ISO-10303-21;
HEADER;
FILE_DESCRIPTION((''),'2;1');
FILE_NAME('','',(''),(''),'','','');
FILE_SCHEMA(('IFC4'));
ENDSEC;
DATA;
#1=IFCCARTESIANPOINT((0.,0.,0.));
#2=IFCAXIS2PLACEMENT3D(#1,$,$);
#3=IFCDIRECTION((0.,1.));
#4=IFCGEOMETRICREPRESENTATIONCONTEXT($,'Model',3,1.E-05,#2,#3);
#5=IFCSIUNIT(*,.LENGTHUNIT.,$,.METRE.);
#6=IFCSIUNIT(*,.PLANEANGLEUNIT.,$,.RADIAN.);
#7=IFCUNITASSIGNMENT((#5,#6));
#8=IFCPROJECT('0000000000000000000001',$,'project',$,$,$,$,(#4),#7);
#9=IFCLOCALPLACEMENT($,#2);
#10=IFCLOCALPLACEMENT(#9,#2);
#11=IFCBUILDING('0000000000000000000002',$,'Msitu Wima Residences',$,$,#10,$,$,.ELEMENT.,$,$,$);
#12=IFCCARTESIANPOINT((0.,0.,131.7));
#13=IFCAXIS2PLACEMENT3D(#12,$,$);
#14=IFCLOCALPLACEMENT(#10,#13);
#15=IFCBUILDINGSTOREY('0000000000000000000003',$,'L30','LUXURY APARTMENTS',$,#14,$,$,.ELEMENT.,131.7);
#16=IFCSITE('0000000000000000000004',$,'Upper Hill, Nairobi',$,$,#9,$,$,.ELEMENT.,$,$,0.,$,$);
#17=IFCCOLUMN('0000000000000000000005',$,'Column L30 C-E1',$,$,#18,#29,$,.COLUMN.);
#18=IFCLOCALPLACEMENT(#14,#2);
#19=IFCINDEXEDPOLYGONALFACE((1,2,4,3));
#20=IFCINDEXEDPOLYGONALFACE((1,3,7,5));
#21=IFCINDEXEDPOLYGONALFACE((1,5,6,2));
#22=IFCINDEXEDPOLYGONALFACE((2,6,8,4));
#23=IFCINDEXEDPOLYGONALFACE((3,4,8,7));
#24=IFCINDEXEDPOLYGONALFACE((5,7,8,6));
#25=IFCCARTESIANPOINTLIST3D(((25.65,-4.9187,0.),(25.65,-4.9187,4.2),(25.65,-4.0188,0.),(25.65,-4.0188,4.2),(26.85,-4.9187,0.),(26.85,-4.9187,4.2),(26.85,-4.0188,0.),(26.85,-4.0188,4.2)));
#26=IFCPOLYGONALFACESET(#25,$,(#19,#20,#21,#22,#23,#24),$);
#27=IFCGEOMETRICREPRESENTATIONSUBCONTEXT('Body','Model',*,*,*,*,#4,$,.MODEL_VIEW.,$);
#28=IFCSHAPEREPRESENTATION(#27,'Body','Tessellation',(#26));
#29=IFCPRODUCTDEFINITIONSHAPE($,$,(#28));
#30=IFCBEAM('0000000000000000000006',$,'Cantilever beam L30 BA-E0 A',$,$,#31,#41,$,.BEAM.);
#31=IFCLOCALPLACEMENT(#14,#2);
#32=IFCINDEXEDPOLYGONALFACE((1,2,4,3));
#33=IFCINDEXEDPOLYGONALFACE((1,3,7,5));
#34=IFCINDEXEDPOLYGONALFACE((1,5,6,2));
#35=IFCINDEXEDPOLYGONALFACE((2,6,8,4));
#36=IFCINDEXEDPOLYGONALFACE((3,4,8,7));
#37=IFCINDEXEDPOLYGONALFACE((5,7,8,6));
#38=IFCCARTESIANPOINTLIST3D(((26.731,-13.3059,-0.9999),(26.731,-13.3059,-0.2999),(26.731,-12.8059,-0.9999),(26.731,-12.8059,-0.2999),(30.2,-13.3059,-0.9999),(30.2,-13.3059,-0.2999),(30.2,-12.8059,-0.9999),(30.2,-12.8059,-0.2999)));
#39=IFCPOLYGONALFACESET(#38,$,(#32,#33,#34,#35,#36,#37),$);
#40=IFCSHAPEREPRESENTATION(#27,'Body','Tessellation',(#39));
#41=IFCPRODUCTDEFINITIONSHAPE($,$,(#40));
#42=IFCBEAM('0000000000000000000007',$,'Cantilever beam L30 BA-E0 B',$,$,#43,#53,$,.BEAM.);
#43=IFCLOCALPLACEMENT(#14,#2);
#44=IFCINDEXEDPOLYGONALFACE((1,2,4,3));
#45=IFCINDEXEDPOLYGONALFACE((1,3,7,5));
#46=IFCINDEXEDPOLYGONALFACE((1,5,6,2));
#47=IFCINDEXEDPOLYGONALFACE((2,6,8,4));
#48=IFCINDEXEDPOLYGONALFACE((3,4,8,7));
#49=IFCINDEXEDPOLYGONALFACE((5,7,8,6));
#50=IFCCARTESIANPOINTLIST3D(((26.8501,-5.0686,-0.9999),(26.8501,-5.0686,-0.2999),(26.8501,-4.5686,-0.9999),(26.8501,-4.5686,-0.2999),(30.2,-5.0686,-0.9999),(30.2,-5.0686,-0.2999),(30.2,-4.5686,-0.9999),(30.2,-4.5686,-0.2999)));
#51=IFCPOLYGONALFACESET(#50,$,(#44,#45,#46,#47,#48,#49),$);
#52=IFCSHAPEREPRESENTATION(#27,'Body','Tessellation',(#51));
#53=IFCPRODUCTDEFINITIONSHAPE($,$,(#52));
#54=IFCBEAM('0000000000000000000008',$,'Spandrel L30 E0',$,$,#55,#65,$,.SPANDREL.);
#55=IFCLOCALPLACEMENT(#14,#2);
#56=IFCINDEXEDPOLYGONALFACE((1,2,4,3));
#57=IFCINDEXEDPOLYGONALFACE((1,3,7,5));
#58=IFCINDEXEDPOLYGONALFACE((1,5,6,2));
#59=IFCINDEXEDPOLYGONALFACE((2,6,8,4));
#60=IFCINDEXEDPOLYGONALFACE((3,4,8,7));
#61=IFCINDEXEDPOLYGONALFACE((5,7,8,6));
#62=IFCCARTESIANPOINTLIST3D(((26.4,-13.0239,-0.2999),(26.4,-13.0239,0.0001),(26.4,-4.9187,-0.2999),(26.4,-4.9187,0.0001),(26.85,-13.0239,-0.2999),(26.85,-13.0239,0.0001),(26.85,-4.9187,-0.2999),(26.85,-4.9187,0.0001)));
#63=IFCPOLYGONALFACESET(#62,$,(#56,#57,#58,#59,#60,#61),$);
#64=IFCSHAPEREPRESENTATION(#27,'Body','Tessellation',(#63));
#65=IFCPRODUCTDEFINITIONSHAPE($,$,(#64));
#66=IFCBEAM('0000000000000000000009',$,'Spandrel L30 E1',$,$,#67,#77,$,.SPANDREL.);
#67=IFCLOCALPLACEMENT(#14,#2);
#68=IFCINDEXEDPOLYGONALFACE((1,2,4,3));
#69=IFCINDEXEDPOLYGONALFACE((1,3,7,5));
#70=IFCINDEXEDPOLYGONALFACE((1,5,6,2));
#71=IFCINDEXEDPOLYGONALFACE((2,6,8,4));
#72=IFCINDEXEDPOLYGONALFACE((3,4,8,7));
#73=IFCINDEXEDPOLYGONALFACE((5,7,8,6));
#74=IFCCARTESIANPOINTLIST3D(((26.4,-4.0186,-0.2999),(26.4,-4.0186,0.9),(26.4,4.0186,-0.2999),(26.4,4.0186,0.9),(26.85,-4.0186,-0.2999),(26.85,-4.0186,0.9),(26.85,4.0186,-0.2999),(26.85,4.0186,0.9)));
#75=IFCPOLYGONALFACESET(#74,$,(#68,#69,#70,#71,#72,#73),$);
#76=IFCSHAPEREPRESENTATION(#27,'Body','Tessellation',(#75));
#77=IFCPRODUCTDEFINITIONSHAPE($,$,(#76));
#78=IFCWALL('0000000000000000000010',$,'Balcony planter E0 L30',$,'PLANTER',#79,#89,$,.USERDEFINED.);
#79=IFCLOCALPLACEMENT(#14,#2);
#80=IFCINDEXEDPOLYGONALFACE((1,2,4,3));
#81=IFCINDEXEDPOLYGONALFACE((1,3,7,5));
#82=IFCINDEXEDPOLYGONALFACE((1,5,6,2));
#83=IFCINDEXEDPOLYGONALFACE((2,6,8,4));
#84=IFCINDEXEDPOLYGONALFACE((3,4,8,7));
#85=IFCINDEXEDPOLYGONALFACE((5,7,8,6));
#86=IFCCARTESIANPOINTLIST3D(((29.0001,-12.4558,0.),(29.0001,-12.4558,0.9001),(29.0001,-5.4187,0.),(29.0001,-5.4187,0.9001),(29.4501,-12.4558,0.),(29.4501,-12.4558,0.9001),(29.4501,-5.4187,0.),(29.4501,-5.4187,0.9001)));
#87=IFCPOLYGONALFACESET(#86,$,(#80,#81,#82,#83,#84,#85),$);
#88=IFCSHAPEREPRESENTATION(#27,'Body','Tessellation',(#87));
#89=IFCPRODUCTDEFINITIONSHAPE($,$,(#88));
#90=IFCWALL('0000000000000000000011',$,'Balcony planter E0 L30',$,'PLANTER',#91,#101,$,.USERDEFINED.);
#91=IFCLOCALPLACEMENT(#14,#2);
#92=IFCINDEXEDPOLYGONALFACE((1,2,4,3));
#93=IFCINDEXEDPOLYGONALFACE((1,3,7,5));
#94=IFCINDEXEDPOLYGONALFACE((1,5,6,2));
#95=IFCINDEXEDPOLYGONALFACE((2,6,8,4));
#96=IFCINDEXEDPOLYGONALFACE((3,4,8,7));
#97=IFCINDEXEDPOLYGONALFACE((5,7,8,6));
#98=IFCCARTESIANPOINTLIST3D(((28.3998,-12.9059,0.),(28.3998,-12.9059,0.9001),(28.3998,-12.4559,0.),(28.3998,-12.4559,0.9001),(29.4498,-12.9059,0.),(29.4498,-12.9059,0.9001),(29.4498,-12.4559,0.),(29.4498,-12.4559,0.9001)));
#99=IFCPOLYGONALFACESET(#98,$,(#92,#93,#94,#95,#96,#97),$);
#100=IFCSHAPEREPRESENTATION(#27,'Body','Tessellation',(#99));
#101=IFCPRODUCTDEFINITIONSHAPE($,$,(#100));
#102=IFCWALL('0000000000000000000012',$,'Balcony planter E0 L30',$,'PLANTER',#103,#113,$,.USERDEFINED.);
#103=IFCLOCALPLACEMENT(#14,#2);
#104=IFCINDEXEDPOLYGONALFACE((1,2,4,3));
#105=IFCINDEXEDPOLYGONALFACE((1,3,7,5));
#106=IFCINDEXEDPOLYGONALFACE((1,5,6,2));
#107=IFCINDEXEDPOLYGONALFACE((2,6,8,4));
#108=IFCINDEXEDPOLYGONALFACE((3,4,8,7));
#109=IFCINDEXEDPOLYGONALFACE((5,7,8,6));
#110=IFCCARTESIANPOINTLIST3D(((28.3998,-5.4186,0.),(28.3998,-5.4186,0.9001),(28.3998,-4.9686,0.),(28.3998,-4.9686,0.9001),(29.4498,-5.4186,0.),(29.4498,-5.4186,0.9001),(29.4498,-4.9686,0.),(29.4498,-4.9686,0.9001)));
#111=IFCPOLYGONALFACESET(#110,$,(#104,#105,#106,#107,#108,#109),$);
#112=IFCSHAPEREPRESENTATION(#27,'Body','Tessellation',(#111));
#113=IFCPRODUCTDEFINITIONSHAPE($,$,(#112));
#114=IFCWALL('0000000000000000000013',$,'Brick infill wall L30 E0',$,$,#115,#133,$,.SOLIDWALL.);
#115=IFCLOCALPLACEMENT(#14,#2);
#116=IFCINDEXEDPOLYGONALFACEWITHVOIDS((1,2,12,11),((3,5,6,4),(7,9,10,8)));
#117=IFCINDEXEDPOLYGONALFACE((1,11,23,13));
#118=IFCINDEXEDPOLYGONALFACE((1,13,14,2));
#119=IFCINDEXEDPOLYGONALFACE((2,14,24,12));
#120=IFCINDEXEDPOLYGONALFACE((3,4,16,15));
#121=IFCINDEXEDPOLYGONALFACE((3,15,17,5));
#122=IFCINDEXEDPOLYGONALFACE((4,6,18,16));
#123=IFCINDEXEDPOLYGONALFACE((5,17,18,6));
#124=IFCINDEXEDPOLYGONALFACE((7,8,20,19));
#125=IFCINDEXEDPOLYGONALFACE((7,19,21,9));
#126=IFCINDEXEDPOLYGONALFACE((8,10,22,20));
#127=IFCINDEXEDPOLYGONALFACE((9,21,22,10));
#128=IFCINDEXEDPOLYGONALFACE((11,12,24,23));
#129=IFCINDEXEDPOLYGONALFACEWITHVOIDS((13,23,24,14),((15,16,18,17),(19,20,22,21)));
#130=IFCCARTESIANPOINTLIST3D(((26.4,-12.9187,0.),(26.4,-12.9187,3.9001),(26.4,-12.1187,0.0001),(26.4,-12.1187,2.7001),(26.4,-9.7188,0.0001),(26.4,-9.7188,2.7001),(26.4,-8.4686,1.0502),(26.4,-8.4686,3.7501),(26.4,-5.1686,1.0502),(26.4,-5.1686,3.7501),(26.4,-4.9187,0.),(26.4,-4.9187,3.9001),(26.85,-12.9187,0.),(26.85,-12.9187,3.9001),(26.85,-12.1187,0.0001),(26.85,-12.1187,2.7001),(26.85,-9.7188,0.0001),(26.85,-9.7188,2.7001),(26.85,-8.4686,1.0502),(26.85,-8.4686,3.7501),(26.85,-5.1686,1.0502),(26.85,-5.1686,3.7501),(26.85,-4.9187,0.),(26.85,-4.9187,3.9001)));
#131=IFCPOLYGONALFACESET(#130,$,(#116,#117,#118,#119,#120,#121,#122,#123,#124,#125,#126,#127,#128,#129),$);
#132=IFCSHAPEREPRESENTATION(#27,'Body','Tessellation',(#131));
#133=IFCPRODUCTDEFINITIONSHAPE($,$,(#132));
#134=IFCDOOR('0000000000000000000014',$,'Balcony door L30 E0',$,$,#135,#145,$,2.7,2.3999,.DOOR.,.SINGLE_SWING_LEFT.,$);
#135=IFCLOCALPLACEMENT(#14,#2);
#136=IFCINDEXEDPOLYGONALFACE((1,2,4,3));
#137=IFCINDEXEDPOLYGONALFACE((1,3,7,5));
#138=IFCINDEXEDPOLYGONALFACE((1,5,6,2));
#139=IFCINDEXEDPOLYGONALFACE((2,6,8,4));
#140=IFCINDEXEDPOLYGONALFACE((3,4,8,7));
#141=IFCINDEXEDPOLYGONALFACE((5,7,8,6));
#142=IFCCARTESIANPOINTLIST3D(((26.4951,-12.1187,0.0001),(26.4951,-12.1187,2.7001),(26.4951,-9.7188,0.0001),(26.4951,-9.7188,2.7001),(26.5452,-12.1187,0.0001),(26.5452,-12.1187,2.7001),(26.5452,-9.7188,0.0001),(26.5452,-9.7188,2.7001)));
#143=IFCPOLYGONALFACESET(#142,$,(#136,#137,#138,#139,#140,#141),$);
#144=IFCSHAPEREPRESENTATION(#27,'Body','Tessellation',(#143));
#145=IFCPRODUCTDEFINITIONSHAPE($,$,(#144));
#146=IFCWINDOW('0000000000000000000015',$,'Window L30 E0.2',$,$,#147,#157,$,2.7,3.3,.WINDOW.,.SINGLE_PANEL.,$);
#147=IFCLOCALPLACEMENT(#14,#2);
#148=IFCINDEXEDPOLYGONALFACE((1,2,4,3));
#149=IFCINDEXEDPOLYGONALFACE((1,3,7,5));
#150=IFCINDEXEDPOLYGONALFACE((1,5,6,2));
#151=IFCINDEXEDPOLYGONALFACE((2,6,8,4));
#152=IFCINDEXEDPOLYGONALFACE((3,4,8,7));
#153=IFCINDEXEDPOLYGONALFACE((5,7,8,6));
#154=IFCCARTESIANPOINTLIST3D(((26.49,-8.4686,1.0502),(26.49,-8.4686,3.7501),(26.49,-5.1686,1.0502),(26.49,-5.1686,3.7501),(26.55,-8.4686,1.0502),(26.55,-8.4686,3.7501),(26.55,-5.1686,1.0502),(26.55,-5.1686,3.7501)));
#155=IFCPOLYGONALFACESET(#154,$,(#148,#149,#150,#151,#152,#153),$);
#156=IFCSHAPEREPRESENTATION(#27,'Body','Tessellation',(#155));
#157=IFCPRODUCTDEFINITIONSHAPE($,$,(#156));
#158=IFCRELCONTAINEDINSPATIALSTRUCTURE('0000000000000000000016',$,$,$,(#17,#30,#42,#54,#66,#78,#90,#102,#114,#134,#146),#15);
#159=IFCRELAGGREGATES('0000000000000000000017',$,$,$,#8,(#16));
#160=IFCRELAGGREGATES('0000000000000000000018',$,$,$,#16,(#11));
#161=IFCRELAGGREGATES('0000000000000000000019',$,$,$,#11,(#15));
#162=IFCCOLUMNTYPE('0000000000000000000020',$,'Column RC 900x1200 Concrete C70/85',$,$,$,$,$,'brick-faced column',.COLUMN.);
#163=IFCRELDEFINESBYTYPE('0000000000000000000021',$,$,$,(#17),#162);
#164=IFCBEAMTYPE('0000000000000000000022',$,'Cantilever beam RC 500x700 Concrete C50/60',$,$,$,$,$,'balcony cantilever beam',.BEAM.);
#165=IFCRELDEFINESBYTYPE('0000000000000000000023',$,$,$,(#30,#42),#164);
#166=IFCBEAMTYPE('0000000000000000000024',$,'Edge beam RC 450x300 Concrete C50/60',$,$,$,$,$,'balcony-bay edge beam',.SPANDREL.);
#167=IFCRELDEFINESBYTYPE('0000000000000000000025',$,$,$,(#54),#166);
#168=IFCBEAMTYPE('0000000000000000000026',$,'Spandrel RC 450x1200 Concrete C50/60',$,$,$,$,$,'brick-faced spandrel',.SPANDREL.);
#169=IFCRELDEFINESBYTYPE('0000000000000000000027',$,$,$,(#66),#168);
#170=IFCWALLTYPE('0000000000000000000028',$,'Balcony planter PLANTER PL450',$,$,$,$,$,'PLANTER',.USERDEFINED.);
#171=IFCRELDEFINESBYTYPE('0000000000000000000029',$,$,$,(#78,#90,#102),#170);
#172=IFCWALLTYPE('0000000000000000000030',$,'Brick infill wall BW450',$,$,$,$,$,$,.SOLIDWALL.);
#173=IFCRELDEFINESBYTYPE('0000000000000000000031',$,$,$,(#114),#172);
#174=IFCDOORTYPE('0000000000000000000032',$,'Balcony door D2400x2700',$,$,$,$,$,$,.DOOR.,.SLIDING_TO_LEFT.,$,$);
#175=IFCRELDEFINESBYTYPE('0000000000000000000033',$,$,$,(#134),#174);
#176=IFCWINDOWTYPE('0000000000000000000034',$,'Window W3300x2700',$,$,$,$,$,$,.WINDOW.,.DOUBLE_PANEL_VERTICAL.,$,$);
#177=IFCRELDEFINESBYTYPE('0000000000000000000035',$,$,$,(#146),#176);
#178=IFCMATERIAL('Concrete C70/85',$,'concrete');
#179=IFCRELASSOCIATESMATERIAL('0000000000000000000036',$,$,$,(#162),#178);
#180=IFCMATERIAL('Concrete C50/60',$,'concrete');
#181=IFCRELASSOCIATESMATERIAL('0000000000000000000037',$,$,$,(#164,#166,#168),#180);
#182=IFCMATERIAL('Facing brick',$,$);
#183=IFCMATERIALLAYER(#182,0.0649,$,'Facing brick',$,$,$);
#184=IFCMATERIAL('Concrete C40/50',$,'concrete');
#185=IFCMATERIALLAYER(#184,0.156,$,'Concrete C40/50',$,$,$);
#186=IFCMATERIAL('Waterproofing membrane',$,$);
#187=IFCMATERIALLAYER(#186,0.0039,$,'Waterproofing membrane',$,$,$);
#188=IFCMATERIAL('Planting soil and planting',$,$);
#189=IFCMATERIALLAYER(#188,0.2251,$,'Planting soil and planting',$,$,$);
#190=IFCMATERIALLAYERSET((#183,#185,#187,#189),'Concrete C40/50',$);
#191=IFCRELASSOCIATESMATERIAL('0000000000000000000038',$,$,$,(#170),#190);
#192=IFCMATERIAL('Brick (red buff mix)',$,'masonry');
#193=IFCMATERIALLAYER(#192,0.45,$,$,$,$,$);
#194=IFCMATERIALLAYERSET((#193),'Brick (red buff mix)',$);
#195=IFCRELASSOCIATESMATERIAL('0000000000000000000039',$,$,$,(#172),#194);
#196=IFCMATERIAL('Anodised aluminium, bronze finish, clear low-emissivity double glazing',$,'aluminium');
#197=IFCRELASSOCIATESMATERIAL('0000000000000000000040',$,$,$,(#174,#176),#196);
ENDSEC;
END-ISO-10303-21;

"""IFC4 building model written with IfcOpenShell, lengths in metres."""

from ifc_helpers import new_model, si_unit, direction, frame, frame_2d, origin, origin_2d, place, context, subcontext, project, spatial, rectangle, extrude, material, layer, layer_set, material_profile, profile_set, type_object, element, fill, save


model = new_model("IFC4")

# Units and contexts
model_context = context("Model", 3, precision=1e-05, world=origin(), true_north=direction((0.0, 1.0)))
body_context = subcontext(model_context, "Body", "Model", "MODEL_VIEW")
ifc_project = project(units=[si_unit("LENGTHUNIT", "METRE"), si_unit("PLANEANGLEUNIT", "RADIAN")], contexts=[model_context])

# Site, building, storey
site_placement = place(None, origin())
site = spatial("IfcSite", under=ifc_project, at=site_placement, Name="Upper Hill, Nairobi", CompositionType="ELEMENT", RefElevation=0.0)
building_placement = place(site_placement, origin())
building = spatial("IfcBuilding", under=site, at=building_placement, Name="Msitu Wima Residences", CompositionType="ELEMENT")
storey_placement = place(building_placement, frame((0.0, 0.0, 131.7)))
storey = spatial("IfcBuildingStorey", under=building, at=storey_placement, Name="L30", Description="LUXURY APARTMENTS", CompositionType="ELEMENT", Elevation=131.7)

# Column
ifc_material_1 = material(Name="Concrete C70/85", Category="concrete")
ifc_material_profile_1 = material_profile(ifc_material_1, rectangle(XDim=0.8999, YDim=1.2, at=origin_2d()), Name="RC 900x1200")
ifc_profile_set_1 = profile_set([ifc_material_profile_1], Name="Concrete C70/85")
column_type = type_object("IfcColumnType", Name="Column RC 900x1200 Concrete C70/85", ElementType="brick-faced column", PredefinedType="COLUMN", material=ifc_profile_set_1)
column_placement = place(storey_placement, frame((26.25, -4.4688, 0.0), z_axis=(0.0, 0.0, 1.0), x_axis=(0.0, 1.0, 0.0)))
element("IfcColumn", 1, at=column_placement, inside=storey, type_object=column_type, Name="Column L30 C-E1", PredefinedType="COLUMN", context=body_context, shape_type="SweptSolid", body=[
    extrude(rectangle(XDim=0.8999, YDim=1.2, at=origin_2d()), origin(), (0.0, 0.0, 1.0), 4.2),
])

# Beams
ifc_material_2 = material(Name="Concrete C50/60", Category="concrete")
ifc_material_profile_2 = material_profile(ifc_material_2, rectangle(XDim=0.5, YDim=0.7, at=origin_2d()), Name="RC 500x700")
ifc_profile_set_2 = profile_set([ifc_material_profile_2], Name="Concrete C50/60")
beam_type_1 = type_object("IfcBeamType", Name="Cantilever beam RC 500x700 Concrete C50/60", ElementType="balcony cantilever beam", PredefinedType="BEAM", material=ifc_profile_set_2)
beam_1_placement = place(storey_placement, frame((26.731, -13.0559, -0.6499), z_axis=(1.0, 0.0, 0.0), x_axis=(0.0, 1.0, 0.0)))
element("IfcBeam", 2, at=beam_1_placement, inside=storey, type_object=beam_type_1, Name="Cantilever beam L30 BA-E0 A", PredefinedType="BEAM", context=body_context, shape_type="SweptSolid", body=[
    extrude(rectangle(XDim=0.5, YDim=0.7, at=origin_2d()), origin(), (0.0, 0.0, 1.0), 3.469),
])
beam_2_placement = place(storey_placement, frame((26.8501, -4.8186, -0.6499), z_axis=(1.0, 0.0, 0.0), x_axis=(0.0, 1.0, 0.0)))
element("IfcBeam", 3, at=beam_2_placement, inside=storey, type_object=beam_type_1, Name="Cantilever beam L30 BA-E0 B", PredefinedType="BEAM", context=body_context, shape_type="SweptSolid", body=[
    extrude(rectangle(XDim=0.5, YDim=0.7, at=origin_2d()), origin(), (0.0, 0.0, 1.0), 3.3499),
])
ifc_material_profile_3 = material_profile(ifc_material_2, rectangle(XDim=0.45, YDim=0.3, at=origin_2d()), Name="RC 450x300")
ifc_profile_set_3 = profile_set([ifc_material_profile_3], Name="Concrete C50/60")
beam_type_2 = type_object("IfcBeamType", Name="Edge beam RC 450x300 Concrete C50/60", ElementType="balcony-bay edge beam", PredefinedType="SPANDREL", material=ifc_profile_set_3)
beam_3_placement = place(storey_placement, frame((26.625, -13.0239, -0.1499), z_axis=(0.0, 1.0, 0.0), x_axis=(-1.0, 0.0, 0.0)))
element("IfcBeam", 4, at=beam_3_placement, inside=storey, type_object=beam_type_2, Name="Spandrel L30 E0", PredefinedType="SPANDREL", context=body_context, shape_type="SweptSolid", body=[
    extrude(rectangle(XDim=0.45, YDim=0.3, at=origin_2d()), origin(), (0.0, 0.0, 1.0), 8.1052),
])
ifc_material_profile_4 = material_profile(ifc_material_2, rectangle(XDim=0.45, YDim=1.2, at=origin_2d()), Name="RC 450x1200")
ifc_profile_set_4 = profile_set([ifc_material_profile_4], Name="Concrete C50/60")
beam_type_3 = type_object("IfcBeamType", Name="Spandrel RC 450x1200 Concrete C50/60", ElementType="brick-faced spandrel", PredefinedType="SPANDREL", material=ifc_profile_set_4)
beam_4_placement = place(storey_placement, frame((26.625, -4.0186, 0.3), z_axis=(0.0, 1.0, 0.0), x_axis=(-1.0, 0.0, 0.0)))
element("IfcBeam", 5, at=beam_4_placement, inside=storey, type_object=beam_type_3, Name="Spandrel L30 E1", PredefinedType="SPANDREL", context=body_context, shape_type="SweptSolid", body=[
    extrude(rectangle(XDim=0.45, YDim=1.2, at=origin_2d()), origin(), (0.0, 0.0, 1.0), 8.0371),
])

# Walls
ifc_material_3 = material(Name="Facing brick")
ifc_layer_1 = layer(ifc_material_3, 0.0649, Name="Facing brick")
ifc_material_4 = material(Name="Concrete C40/50", Category="concrete")
ifc_layer_2 = layer(ifc_material_4, 0.156, Name="Concrete C40/50")
ifc_material_5 = material(Name="Waterproofing membrane")
ifc_layer_3 = layer(ifc_material_5, 0.0039, Name="Waterproofing membrane")
ifc_material_6 = material(Name="Planting soil and planting")
ifc_layer_4 = layer(ifc_material_6, 0.2251, Name="Planting soil and planting")
ifc_layer_set_1 = layer_set([ifc_layer_1, ifc_layer_2, ifc_layer_3, ifc_layer_4], Name="Concrete C40/50")
wall_type_1 = type_object("IfcWallType", Name="Balcony planter PLANTER PL450", ElementType="PLANTER", PredefinedType="USERDEFINED", material=ifc_layer_set_1)
wall_1_placement = place(storey_placement, frame((29.2251, -12.4558, 0.0), z_axis=(0.0, 0.0, 1.0), x_axis=(0.0, 1.0, 0.0)))
element("IfcWall", 6, at=wall_1_placement, inside=storey, type_object=wall_type_1, Name="Balcony planter E0 L30", ObjectType="PLANTER", PredefinedType="USERDEFINED", context=body_context, shape_type="SweptSolid", body=[
    extrude(rectangle(XDim=7.0371, YDim=0.45, at=frame_2d((3.5186, 0.0))), origin(), (0.0, 0.0, 1.0), 0.9001),
])
for number, where, z_axis, x_axis, name in (
    (7, (28.3999, -12.6809, 0.0), (0.0, 0.0, 1.0), (1.0, 0.0, 0.0), "Balcony planter E0 L30"),
    (8, (28.3999, -5.1936, 0.0), (0.0, 0.0, 1.0), (1.0, 0.0, 0.0), "Balcony planter E0 L30"),
):
    element("IfcWall", number, at=place(storey_placement, frame(where, z_axis=z_axis, x_axis=x_axis)), inside=storey, type_object=wall_type_1, Name=name, ObjectType="PLANTER", PredefinedType="USERDEFINED", context=body_context, shape_type="SweptSolid", body=[
        extrude(rectangle(XDim=1.05, YDim=0.45, at=frame_2d((0.5249, 0.0))), origin(), (0.0, 0.0, 1.0), 0.9001),
    ])

# Wall, openings, door, window
ifc_material_7 = material(Name="Brick (red buff mix)", Category="masonry")
ifc_layer_5 = layer(ifc_material_7, 0.45)
ifc_layer_set_2 = layer_set([ifc_layer_5], Name="Brick (red buff mix)")
wall_type_2 = type_object("IfcWallType", Name="Brick infill wall BW450", PredefinedType="SOLIDWALL", material=ifc_layer_set_2)
wall_2_placement = place(storey_placement, frame((26.625, -12.9187, 0.0), z_axis=(0.0, 0.0, 1.0), x_axis=(0.0, 1.0, 0.0)))
wall_2 = element("IfcWall", 9, at=wall_2_placement, inside=storey, type_object=wall_type_2, Name="Brick infill wall L30 E0", PredefinedType="SOLIDWALL", context=body_context, shape_type="SweptSolid", body=[
    extrude(rectangle(XDim=8.0, YDim=0.45, at=frame_2d((4.0, 0.0))), origin(), (0.0, 0.0, 1.0), 3.9001),
])
opening_1_placement = place(wall_2_placement, frame((0.8, 0.0, 0.0)))
opening_1 = element("IfcOpeningElement", 10, at=opening_1_placement, cuts=wall_2, PredefinedType="OPENING", context=body_context, shape_type="SweptSolid", body=[
    extrude(rectangle(XDim=2.3999, YDim=2.7, at=frame_2d((1.2, 1.3501))), frame((0.0, 0.2349, 0.0), z_axis=(0.0, -1.0, 0.0), x_axis=(1.0, 0.0, 0.0)), (0.0, 0.0, 1.0), 0.47),
])
opening_2_placement = place(wall_2_placement, frame((4.4502, 0.0, 1.05)))
opening_2 = element("IfcOpeningElement", 11, at=opening_2_placement, cuts=wall_2, PredefinedType="OPENING", context=body_context, shape_type="SweptSolid", body=[
    extrude(rectangle(XDim=3.3, YDim=2.7, at=frame_2d((1.6499, 1.3501))), frame((0.0, 0.2349, 0.0), z_axis=(0.0, -1.0, 0.0), x_axis=(1.0, 0.0, 0.0)), (0.0, 0.0, 1.0), 0.47),
])
ifc_material_8 = material(Name="Anodised aluminium, bronze finish, clear low-emissivity double glazing", Category="aluminium")
door_type = type_object("IfcDoorType", Name="Balcony door D2400x2700", OperationType="SLIDING_TO_LEFT", PredefinedType="DOOR", material=ifc_material_8)
door_placement = place(opening_1_placement, origin())
door = element("IfcDoor", 12, at=door_placement, inside=storey, type_object=door_type, Name="Balcony door L30 E0", OperationType="SINGLE_SWING_LEFT", OverallHeight=2.7, OverallWidth=2.3999, PredefinedType="DOOR", context=body_context, shape_type="SweptSolid", body=[
    extrude(rectangle(XDim=2.3999, YDim=2.7, at=frame_2d((1.2, 1.3501))), frame((0.0, 0.1299, 0.0), z_axis=(0.0, -1.0, 0.0), x_axis=(1.0, 0.0, 0.0)), (0.0, 0.0, 1.0), 0.05),
])
fill(opening_1, door)
window_type = type_object("IfcWindowType", Name="Window W3300x2700", PartitioningType="DOUBLE_PANEL_VERTICAL", PredefinedType="WINDOW", material=ifc_material_8)
window_1_placement = place(opening_2_placement, origin())
window_1 = element("IfcWindow", 13, at=window_1_placement, inside=storey, type_object=window_type, Name="Window L30 E0.2", OverallHeight=2.7, OverallWidth=3.3, PartitioningType="SINGLE_PANEL", PredefinedType="WINDOW", context=body_context, shape_type="SweptSolid", body=[
    extrude(rectangle(XDim=3.3, YDim=2.7, at=frame_2d((1.6499, 1.3501))), frame((0.0, 0.135, 0.0), z_axis=(0.0, -1.0, 0.0), x_axis=(1.0, 0.0, 0.0)), (0.0, 0.0, 1.0), 0.0601),
])
fill(opening_2, window_1)

save(model, "model.ifc")
